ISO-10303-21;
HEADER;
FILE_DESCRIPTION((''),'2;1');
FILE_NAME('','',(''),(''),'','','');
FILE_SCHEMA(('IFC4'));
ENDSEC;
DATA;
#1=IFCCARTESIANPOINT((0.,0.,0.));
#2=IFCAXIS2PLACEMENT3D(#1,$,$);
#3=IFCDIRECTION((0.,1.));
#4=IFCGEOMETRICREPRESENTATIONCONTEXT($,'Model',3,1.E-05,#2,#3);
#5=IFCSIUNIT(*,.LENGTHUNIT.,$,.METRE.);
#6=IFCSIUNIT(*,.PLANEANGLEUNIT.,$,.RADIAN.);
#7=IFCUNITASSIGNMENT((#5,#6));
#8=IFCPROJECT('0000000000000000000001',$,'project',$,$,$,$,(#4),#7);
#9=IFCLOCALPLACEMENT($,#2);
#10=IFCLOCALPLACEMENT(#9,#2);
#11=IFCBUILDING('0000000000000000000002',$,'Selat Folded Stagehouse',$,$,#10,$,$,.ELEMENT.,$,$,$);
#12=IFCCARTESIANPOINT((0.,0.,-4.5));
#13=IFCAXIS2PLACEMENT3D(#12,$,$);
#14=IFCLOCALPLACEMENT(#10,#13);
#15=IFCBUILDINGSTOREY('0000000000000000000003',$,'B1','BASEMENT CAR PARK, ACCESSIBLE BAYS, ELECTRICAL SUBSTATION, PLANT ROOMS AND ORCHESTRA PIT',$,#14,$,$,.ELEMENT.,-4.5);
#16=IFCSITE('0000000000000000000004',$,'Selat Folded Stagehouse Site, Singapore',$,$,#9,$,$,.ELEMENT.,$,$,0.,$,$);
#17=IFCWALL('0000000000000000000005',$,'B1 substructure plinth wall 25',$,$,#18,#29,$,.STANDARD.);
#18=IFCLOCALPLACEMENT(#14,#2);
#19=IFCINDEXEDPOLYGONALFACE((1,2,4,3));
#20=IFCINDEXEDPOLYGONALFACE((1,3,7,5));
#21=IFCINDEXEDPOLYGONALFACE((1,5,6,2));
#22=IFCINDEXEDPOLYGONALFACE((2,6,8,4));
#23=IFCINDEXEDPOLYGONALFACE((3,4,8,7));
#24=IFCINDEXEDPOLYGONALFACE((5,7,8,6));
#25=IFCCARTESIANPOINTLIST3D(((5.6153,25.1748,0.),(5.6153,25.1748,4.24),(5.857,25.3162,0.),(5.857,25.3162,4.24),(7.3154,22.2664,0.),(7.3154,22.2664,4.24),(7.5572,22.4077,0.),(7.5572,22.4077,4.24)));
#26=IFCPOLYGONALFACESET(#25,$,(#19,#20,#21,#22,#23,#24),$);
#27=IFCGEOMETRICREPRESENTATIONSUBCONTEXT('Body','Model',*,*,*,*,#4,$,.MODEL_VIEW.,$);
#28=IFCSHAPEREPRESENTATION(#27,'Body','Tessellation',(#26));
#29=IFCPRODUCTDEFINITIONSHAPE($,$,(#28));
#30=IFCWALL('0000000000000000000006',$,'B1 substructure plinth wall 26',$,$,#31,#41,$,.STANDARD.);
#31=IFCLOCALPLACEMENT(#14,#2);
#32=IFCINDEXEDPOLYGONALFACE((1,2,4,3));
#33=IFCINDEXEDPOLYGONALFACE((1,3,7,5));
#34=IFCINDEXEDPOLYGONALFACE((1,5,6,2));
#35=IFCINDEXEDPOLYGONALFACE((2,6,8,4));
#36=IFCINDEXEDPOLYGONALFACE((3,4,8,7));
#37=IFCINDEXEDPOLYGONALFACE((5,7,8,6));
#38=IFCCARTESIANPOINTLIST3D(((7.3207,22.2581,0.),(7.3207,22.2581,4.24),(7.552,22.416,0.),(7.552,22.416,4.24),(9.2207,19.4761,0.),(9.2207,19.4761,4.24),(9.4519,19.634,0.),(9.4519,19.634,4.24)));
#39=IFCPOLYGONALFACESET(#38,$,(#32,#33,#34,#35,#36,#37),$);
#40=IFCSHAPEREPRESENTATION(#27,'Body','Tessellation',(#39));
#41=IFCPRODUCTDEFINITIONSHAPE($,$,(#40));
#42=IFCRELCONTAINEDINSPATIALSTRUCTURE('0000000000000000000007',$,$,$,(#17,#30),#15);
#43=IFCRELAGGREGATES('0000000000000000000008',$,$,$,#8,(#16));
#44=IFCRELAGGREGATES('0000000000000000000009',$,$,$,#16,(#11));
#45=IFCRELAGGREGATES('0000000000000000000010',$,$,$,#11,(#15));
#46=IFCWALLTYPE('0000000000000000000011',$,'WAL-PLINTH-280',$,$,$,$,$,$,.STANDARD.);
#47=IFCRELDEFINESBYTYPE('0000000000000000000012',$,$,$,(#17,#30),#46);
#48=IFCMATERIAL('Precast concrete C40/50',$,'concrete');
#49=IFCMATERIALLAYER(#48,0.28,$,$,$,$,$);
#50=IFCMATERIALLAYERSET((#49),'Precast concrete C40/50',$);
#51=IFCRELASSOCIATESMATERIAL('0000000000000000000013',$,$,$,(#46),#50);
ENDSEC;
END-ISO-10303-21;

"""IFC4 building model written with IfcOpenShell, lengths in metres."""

from ifc_helpers import new_model, si_unit, direction, frame, frame_2d, origin, place, context, subcontext, project, spatial, rectangle, extrude, material, layer, layer_set, type_object, element, save


model = new_model("IFC4")

# Units and contexts
model_context = context("Model", 3, precision=1e-05, world=origin(), true_north=direction((0.0, 1.0)))
body_context = subcontext(model_context, "Body", "Model", "MODEL_VIEW")
ifc_project = project(units=[si_unit("LENGTHUNIT", "METRE"), si_unit("PLANEANGLEUNIT", "RADIAN")], contexts=[model_context])

# Site, building, storey
site_placement = place(None, origin())
site = spatial("IfcSite", under=ifc_project, at=site_placement, Name="Selat Folded Stagehouse Site, Singapore", CompositionType="ELEMENT", RefElevation=0.0)
building_placement = place(site_placement, origin())
building = spatial("IfcBuilding", under=site, at=building_placement, Name="Selat Folded Stagehouse", CompositionType="ELEMENT")
storey_placement = place(building_placement, frame((0.0, 0.0, -4.5)))
storey = spatial("IfcBuildingStorey", under=building, at=storey_placement, Name="B1", Description="BASEMENT CAR PARK, ACCESSIBLE BAYS, ELECTRICAL SUBSTATION, PLANT ROOMS AND ORCHESTRA PIT", CompositionType="ELEMENT", Elevation=-4.5)

# Walls
ifc_material_1 = material(Name="Precast concrete C40/50", Category="concrete")
ifc_layer_1 = layer(ifc_material_1, 0.28)
ifc_layer_set_1 = layer_set([ifc_layer_1], Name="Precast concrete C40/50")
wall_type = type_object("IfcWallType", Name="WAL-PLINTH-280", PredefinedType="STANDARD", material=ifc_layer_set_1)
for number, where, z_axis, x_axis, name in (
    (1, (5.7361, 25.2456, 0.0), (0.0, 0.0, 1.0), (0.504668, -0.863313, 0.0), "B1 substructure plinth wall 25"),
    (2, (7.4363, 22.3372, 0.0), (0.0, 0.0, 1.0), (0.563964, -0.825799, 0.0), "B1 substructure plinth wall 26"),
):
    element("IfcWall", number, at=place(storey_placement, frame(where, z_axis=z_axis, x_axis=x_axis)), inside=storey, type_object=wall_type, Name=name, PredefinedType="STANDARD", context=body_context, shape_type="SweptSolid", body=[
        extrude(rectangle(XDim=3.3689, YDim=0.28, at=frame_2d((1.6846, 0.0))), origin(), (0.0, 0.0, 1.0), 4.24),
    ])

save(model, "model.ifc")
